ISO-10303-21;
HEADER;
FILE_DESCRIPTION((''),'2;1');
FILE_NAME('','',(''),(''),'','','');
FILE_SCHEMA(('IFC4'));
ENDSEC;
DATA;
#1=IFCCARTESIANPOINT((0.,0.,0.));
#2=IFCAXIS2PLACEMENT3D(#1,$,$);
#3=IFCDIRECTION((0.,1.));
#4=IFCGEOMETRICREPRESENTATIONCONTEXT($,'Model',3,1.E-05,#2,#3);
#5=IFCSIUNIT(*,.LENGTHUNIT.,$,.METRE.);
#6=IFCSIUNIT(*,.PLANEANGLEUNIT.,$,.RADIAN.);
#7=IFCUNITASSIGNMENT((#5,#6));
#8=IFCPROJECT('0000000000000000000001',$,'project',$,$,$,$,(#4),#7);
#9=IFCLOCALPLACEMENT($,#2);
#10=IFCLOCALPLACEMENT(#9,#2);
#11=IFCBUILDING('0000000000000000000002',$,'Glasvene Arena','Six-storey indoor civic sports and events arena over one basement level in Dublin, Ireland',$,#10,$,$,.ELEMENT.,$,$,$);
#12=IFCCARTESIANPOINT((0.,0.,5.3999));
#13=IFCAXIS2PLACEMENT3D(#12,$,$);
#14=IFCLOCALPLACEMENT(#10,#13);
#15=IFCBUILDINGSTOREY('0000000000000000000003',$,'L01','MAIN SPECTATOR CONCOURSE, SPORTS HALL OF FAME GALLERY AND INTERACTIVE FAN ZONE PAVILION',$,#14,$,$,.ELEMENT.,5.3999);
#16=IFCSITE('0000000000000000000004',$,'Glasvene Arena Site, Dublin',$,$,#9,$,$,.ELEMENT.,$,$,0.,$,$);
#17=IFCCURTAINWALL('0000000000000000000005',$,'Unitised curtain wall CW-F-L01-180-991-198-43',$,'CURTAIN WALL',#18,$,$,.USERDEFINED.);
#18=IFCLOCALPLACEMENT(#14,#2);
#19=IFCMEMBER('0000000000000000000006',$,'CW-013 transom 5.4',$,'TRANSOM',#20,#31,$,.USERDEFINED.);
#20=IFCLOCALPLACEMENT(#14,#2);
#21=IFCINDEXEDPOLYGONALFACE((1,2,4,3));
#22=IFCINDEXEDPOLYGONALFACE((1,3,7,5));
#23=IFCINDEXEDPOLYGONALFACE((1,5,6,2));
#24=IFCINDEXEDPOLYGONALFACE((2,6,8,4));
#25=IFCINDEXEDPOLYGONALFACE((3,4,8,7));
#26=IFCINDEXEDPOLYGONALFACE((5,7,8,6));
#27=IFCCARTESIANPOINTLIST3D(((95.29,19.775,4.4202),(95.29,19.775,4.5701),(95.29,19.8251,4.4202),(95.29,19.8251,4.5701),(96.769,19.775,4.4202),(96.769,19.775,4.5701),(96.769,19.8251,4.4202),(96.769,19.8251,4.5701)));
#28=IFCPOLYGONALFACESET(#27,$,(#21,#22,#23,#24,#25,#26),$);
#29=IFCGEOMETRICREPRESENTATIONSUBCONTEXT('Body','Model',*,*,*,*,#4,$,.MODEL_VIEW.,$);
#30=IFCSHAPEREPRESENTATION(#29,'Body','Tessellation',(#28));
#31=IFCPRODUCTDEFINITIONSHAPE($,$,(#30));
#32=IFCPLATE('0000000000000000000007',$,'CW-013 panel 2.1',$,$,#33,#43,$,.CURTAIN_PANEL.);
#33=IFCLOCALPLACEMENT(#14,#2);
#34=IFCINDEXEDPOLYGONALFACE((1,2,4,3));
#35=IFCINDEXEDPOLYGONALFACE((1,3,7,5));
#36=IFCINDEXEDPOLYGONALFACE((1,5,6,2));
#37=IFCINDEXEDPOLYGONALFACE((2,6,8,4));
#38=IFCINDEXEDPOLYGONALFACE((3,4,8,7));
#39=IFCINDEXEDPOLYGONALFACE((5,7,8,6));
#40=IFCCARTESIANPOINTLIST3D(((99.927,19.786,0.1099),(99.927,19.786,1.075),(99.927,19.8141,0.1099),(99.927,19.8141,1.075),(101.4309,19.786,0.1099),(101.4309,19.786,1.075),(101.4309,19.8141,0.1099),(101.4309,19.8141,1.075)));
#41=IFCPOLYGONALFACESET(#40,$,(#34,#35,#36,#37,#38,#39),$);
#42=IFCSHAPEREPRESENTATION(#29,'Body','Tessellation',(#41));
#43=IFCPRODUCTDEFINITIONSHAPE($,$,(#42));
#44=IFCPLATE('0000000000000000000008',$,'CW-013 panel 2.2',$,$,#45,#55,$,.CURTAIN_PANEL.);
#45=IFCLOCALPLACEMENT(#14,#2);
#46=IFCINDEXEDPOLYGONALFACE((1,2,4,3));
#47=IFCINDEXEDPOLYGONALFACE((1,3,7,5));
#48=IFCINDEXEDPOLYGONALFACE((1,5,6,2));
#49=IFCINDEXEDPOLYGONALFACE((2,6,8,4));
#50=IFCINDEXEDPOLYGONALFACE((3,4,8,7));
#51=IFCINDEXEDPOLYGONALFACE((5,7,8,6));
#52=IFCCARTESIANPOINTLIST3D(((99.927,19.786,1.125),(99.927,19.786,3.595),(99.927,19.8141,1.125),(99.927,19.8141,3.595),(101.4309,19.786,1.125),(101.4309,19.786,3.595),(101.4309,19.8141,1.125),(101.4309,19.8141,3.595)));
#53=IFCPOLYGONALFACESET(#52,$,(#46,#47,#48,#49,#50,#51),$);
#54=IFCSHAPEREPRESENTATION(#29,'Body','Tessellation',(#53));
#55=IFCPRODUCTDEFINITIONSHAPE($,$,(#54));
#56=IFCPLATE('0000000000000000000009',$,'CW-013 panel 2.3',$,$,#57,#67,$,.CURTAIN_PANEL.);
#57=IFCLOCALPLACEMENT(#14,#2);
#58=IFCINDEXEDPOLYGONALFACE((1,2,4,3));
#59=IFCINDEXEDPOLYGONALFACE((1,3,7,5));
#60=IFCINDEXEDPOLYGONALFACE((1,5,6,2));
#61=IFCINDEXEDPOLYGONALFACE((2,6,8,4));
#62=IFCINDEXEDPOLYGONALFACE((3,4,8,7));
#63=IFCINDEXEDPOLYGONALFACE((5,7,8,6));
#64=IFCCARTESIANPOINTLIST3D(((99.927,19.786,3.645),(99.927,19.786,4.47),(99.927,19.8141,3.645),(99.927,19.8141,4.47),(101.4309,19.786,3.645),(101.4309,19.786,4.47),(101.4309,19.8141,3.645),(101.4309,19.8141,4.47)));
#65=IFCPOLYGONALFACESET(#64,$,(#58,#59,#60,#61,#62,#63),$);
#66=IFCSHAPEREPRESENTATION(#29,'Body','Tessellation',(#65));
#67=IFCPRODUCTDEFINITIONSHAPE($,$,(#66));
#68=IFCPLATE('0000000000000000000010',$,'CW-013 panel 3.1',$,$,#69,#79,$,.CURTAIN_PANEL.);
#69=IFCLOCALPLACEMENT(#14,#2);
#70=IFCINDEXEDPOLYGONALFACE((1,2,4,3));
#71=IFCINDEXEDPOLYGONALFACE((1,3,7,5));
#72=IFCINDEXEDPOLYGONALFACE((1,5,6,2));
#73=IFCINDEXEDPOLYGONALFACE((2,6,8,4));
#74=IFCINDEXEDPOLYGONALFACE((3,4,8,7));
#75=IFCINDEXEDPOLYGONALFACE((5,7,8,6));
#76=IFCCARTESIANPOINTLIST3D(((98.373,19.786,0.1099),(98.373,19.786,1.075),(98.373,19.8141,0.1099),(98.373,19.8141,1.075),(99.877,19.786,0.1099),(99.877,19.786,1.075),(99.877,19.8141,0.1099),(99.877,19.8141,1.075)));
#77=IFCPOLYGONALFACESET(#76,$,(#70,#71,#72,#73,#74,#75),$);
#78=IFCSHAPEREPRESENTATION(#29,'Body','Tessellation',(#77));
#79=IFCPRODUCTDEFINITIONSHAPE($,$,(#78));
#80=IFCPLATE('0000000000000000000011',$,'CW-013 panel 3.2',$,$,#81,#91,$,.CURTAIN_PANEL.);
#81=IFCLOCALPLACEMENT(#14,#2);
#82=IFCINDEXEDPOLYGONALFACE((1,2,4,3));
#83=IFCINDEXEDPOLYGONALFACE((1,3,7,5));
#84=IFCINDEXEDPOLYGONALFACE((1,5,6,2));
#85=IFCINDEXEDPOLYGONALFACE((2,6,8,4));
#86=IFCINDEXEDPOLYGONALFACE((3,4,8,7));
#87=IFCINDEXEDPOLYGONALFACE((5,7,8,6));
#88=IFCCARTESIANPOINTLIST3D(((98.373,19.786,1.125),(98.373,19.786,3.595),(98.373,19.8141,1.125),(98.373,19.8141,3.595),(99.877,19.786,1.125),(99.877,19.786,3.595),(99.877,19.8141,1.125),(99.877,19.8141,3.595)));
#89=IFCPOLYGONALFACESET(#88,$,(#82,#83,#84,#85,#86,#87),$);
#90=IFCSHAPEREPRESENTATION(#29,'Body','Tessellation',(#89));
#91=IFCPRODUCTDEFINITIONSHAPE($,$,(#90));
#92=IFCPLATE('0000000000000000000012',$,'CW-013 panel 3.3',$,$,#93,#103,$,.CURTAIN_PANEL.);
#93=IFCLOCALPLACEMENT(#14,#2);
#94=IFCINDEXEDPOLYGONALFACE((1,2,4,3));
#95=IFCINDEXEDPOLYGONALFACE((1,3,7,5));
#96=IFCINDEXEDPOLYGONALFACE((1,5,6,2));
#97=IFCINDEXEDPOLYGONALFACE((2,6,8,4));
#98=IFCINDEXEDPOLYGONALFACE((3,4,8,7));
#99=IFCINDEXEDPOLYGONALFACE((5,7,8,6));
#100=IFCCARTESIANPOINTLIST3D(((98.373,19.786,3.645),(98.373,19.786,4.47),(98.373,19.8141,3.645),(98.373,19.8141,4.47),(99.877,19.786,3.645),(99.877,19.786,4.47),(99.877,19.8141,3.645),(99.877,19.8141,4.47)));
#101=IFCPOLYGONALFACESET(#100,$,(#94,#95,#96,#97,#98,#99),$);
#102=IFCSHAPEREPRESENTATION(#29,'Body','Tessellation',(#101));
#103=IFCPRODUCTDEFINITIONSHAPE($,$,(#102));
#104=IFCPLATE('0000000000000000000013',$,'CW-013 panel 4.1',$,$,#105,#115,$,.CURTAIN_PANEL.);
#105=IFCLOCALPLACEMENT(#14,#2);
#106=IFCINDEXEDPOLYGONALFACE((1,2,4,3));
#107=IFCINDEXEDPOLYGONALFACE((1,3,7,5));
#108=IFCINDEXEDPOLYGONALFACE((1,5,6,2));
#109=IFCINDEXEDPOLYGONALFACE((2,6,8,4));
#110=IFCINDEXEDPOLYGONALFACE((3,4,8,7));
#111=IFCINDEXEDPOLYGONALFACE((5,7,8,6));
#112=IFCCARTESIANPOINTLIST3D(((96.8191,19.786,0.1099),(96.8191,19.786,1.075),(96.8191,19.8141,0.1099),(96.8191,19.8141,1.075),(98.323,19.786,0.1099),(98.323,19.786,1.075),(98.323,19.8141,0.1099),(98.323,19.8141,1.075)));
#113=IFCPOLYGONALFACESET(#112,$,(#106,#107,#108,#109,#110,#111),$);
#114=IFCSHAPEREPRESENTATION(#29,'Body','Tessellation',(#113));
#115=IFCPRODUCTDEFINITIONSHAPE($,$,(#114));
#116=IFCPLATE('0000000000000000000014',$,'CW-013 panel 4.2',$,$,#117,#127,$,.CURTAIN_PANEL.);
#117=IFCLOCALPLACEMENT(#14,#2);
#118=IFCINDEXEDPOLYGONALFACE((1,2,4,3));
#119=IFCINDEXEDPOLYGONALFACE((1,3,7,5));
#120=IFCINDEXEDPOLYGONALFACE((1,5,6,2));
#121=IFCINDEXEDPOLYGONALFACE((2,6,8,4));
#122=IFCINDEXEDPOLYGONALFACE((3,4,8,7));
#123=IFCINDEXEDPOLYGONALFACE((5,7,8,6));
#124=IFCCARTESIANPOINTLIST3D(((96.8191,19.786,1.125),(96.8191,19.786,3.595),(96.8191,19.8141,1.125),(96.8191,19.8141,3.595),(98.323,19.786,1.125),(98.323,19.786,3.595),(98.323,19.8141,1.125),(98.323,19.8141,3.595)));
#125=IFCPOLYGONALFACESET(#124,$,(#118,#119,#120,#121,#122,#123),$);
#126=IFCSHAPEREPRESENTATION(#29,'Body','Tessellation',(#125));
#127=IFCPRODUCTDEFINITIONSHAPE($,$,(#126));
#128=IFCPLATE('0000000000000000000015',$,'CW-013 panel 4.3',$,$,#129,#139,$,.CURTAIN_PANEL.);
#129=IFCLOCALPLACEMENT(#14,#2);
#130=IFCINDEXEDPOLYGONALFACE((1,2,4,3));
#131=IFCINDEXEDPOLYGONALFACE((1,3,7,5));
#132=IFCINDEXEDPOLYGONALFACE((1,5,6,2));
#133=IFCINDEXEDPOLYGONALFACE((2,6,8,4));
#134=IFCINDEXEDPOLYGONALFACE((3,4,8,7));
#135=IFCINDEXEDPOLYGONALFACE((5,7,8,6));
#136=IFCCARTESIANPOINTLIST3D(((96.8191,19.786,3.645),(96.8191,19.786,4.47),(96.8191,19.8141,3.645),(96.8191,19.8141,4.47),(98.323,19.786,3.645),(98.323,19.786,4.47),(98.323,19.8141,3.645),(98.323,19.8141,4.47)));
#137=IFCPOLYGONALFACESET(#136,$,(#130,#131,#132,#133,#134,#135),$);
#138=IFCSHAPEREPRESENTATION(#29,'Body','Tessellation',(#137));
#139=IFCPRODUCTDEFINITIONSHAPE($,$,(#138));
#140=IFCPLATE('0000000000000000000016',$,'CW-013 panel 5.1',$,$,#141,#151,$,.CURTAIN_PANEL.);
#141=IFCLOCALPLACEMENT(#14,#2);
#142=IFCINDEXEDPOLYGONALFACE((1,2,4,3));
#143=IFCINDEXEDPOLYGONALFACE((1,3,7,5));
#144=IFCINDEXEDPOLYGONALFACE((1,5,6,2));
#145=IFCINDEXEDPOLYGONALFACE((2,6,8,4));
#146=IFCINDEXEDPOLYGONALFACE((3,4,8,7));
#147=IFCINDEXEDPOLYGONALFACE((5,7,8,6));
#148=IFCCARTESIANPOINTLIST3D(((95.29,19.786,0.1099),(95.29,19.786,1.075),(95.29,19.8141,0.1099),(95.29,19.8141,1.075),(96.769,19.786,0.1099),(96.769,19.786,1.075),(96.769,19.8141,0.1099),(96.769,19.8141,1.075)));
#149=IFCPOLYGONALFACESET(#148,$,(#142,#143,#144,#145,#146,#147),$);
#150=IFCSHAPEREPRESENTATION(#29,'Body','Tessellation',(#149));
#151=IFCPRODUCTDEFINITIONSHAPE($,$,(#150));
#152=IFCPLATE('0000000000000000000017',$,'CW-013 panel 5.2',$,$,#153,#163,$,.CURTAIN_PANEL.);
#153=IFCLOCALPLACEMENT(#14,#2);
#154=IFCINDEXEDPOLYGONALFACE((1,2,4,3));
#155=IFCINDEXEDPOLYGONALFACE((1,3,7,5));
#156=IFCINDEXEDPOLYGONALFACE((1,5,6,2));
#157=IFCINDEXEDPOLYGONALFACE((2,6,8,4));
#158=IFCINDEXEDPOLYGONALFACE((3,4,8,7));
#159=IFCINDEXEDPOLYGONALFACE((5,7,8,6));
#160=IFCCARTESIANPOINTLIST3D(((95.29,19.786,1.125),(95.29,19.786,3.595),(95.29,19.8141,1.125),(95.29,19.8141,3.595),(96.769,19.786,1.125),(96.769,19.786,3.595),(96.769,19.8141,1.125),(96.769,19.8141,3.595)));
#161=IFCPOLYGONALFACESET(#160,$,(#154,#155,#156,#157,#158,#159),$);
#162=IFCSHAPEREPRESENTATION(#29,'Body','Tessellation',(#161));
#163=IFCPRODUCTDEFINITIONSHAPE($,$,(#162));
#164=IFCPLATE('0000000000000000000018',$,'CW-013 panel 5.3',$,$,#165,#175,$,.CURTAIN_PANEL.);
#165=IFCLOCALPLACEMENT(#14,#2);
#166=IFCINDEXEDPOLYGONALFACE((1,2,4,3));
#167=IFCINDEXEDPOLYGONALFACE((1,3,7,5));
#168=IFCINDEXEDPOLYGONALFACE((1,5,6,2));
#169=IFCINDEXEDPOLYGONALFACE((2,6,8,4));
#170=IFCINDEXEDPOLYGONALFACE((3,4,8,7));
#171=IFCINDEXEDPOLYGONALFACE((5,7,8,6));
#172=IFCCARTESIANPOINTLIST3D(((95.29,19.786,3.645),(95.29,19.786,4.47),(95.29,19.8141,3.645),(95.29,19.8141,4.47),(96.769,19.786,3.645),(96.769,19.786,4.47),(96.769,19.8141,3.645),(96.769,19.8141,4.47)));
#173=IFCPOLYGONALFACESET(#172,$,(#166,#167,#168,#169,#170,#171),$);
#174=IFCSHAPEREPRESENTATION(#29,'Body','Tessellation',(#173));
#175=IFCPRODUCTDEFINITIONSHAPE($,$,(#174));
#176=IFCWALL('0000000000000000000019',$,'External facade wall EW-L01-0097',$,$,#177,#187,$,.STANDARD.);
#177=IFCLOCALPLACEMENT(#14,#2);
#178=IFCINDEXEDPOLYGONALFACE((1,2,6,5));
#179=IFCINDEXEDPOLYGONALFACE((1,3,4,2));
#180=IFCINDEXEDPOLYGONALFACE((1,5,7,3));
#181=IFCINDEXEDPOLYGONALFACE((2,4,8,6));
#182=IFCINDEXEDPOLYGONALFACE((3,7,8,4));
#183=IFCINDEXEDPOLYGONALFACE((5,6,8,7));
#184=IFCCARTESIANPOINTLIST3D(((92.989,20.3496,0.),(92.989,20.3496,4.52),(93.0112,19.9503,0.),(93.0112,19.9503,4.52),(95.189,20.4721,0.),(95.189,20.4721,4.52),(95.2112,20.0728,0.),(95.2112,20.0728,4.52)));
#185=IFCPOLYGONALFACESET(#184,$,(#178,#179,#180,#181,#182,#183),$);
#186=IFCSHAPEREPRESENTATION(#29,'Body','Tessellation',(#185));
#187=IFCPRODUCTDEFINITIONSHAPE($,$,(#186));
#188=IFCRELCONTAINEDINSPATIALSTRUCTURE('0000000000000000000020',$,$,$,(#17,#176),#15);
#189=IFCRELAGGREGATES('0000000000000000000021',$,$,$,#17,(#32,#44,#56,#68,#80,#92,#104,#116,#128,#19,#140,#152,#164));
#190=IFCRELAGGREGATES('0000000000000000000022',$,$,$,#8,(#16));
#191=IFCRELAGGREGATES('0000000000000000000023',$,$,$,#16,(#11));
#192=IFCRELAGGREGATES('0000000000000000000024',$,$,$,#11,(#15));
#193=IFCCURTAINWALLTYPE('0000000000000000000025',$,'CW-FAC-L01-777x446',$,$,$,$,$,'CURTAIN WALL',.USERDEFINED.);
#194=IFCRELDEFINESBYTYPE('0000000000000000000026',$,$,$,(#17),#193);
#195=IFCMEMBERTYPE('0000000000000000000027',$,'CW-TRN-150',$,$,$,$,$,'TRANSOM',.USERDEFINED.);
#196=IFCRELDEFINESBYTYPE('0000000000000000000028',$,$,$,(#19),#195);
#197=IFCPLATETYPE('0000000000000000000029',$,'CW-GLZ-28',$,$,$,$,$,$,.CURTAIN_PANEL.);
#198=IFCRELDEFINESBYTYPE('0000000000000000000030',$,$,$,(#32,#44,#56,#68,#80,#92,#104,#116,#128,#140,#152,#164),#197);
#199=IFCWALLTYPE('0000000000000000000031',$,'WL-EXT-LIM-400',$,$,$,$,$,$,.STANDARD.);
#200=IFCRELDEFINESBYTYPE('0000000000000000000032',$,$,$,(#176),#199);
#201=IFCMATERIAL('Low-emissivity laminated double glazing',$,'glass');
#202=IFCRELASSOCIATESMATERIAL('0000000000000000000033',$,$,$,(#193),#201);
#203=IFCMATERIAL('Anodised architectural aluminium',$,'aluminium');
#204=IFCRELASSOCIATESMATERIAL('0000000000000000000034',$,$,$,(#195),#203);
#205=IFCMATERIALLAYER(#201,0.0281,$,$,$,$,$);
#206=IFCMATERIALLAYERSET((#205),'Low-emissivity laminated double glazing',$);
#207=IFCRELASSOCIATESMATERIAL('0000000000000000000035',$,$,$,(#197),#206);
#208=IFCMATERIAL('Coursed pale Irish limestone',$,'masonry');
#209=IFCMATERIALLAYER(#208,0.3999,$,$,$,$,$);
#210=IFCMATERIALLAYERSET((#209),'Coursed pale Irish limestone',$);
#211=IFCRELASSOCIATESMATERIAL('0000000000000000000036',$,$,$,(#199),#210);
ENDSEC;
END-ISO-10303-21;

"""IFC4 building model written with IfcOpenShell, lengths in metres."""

from ifc_helpers import new_model, si_unit, direction, frame, frame_2d, origin, origin_2d, place, context, subcontext, project, spatial, rectangle, extrude, material, layer, layer_set, material_profile, profile_set, type_object, element, aggregate, save


model = new_model("IFC4")

# Units and contexts
model_context = context("Model", 3, precision=1e-05, world=origin(), true_north=direction((0.0, 1.0)))
body_context = subcontext(model_context, "Body", "Model", "MODEL_VIEW")
ifc_project = project(units=[si_unit("LENGTHUNIT", "METRE"), si_unit("PLANEANGLEUNIT", "RADIAN")], contexts=[model_context])

# Site, building, storey
site_placement = place(None, origin())
site = spatial("IfcSite", under=ifc_project, at=site_placement, Name="Glasvene Arena Site, Dublin", CompositionType="ELEMENT", RefElevation=0.0)
building_placement = place(site_placement, origin())
building = spatial("IfcBuilding", under=site, at=building_placement, Name="Glasvene Arena", Description="Six-storey indoor civic sports and events arena over one basement level in Dublin, Ireland", CompositionType="ELEMENT")
storey_placement = place(building_placement, frame((0.0, 0.0, 5.3999)))
storey = spatial("IfcBuildingStorey", under=building, at=storey_placement, Name="L01", Description="MAIN SPECTATOR CONCOURSE, SPORTS HALL OF FAME GALLERY AND INTERACTIVE FAN ZONE PAVILION", CompositionType="ELEMENT", Elevation=5.3999)

# Curtain wall, member, plates
ifc_material_1 = material(Name="Low-emissivity laminated double glazing", Category="glass")
curtain_wall_type = type_object("IfcCurtainWallType", Name="CW-FAC-L01-777x446", ElementType="CURTAIN WALL", PredefinedType="USERDEFINED", material=ifc_material_1)
curtain_wall_placement = place(storey_placement, frame((103.01, 19.8, 0.0)))
curtain_wall = element("IfcCurtainWall", 1, at=curtain_wall_placement, inside=storey, type_object=curtain_wall_type, Name="Unitised curtain wall CW-F-L01-180-991-198-43", ObjectType="CURTAIN WALL", PredefinedType="USERDEFINED")
ifc_material_2 = material(Name="Anodised architectural aluminium", Category="aluminium")
ifc_material_profile_1 = material_profile(ifc_material_2, rectangle(XDim=0.05, YDim=0.1499, at=origin_2d()), Name="ALU TRANSOM 50x150")
ifc_profile_set_1 = profile_set([ifc_material_profile_1], Name="Anodised architectural aluminium")
member_type_1 = type_object("IfcMemberType", Name="CW-TRN-150", ElementType="TRANSOM", PredefinedType="USERDEFINED", material=ifc_profile_set_1)
member_1_placement = place(storey_placement, frame((96.769, 19.8, 4.4951), z_axis=(-1.0, 0.0, 0.0), x_axis=(0.0, -1.0, 0.0)))
member_1 = element("IfcMember", 2, at=member_1_placement, type_object=member_type_1, Name="CW-013 transom 5.4", ObjectType="TRANSOM", PredefinedType="USERDEFINED", context=body_context, shape_type="SweptSolid", body=[
    extrude(rectangle(XDim=0.05, YDim=0.1499, at=origin_2d()), origin(), (0.0, 0.0, 1.0), 1.479),
])
ifc_layer_1 = layer(ifc_material_1, 0.0281)
ifc_layer_set_1 = layer_set([ifc_layer_1], Name="Low-emissivity laminated double glazing")
plate_type = type_object("IfcPlateType", Name="CW-GLZ-28", PredefinedType="CURTAIN_PANEL", material=ifc_layer_set_1)
plate_1_placement = place(storey_placement, frame((100.679, 19.8, 0.1099), z_axis=(0.0, 0.0, 1.0), x_axis=(-1.0, 0.0, 0.0)))
plate_1 = element("IfcPlate", 3, at=plate_1_placement, type_object=plate_type, Name="CW-013 panel 2.1", PredefinedType="CURTAIN_PANEL", context=body_context, shape_type="SweptSolid", body=[
    extrude(rectangle(XDim=1.5039, YDim=0.0281, at=origin_2d()), origin(), (0.0, 0.0, 1.0), 0.9651),
])
plate_2_placement = place(storey_placement, frame((100.679, 19.8, 1.125), z_axis=(0.0, 0.0, 1.0), x_axis=(-1.0, 0.0, 0.0)))
plate_2 = element("IfcPlate", 4, at=plate_2_placement, type_object=plate_type, Name="CW-013 panel 2.2", PredefinedType="CURTAIN_PANEL", context=body_context, shape_type="SweptSolid", body=[
    extrude(rectangle(XDim=1.5039, YDim=0.0281, at=origin_2d()), origin(), (0.0, 0.0, 1.0), 2.47),
])
plate_3_placement = place(storey_placement, frame((100.679, 19.8, 3.645), z_axis=(0.0, 0.0, 1.0), x_axis=(-1.0, 0.0, 0.0)))
plate_3 = element("IfcPlate", 5, at=plate_3_placement, type_object=plate_type, Name="CW-013 panel 2.3", PredefinedType="CURTAIN_PANEL", context=body_context, shape_type="SweptSolid", body=[
    extrude(rectangle(XDim=1.5039, YDim=0.0281, at=origin_2d()), origin(), (0.0, 0.0, 1.0), 0.825),
])
plate_4_placement = place(storey_placement, frame((99.125, 19.8, 0.1099), z_axis=(0.0, 0.0, 1.0), x_axis=(-1.0, 0.0, 0.0)))
plate_4 = element("IfcPlate", 6, at=plate_4_placement, type_object=plate_type, Name="CW-013 panel 3.1", PredefinedType="CURTAIN_PANEL", context=body_context, shape_type="SweptSolid", body=[
    extrude(rectangle(XDim=1.5039, YDim=0.0281, at=origin_2d()), origin(), (0.0, 0.0, 1.0), 0.9651),
])
plate_5_placement = place(storey_placement, frame((99.125, 19.8, 1.125), z_axis=(0.0, 0.0, 1.0), x_axis=(-1.0, 0.0, 0.0)))
plate_5 = element("IfcPlate", 7, at=plate_5_placement, type_object=plate_type, Name="CW-013 panel 3.2", PredefinedType="CURTAIN_PANEL", context=body_context, shape_type="SweptSolid", body=[
    extrude(rectangle(XDim=1.5039, YDim=0.0281, at=origin_2d()), origin(), (0.0, 0.0, 1.0), 2.47),
])
plate_6_placement = place(storey_placement, frame((99.125, 19.8, 3.645), z_axis=(0.0, 0.0, 1.0), x_axis=(-1.0, 0.0, 0.0)))
plate_6 = element("IfcPlate", 8, at=plate_6_placement, type_object=plate_type, Name="CW-013 panel 3.3", PredefinedType="CURTAIN_PANEL", context=body_context, shape_type="SweptSolid", body=[
    extrude(rectangle(XDim=1.5039, YDim=0.0281, at=origin_2d()), origin(), (0.0, 0.0, 1.0), 0.825),
])
plate_7_placement = place(storey_placement, frame((97.571, 19.8, 0.1099), z_axis=(0.0, 0.0, 1.0), x_axis=(-1.0, 0.0, 0.0)))
plate_7 = element("IfcPlate", 9, at=plate_7_placement, type_object=plate_type, Name="CW-013 panel 4.1", PredefinedType="CURTAIN_PANEL", context=body_context, shape_type="SweptSolid", body=[
    extrude(rectangle(XDim=1.5039, YDim=0.0281, at=origin_2d()), origin(), (0.0, 0.0, 1.0), 0.9651),
])
plate_8_placement = place(storey_placement, frame((97.571, 19.8, 1.125), z_axis=(0.0, 0.0, 1.0), x_axis=(-1.0, 0.0, 0.0)))
plate_8 = element("IfcPlate", 10, at=plate_8_placement, type_object=plate_type, Name="CW-013 panel 4.2", PredefinedType="CURTAIN_PANEL", context=body_context, shape_type="SweptSolid", body=[
    extrude(rectangle(XDim=1.5039, YDim=0.0281, at=origin_2d()), origin(), (0.0, 0.0, 1.0), 2.47),
])
plate_9_placement = place(storey_placement, frame((97.571, 19.8, 3.645), z_axis=(0.0, 0.0, 1.0), x_axis=(-1.0, 0.0, 0.0)))
plate_9 = element("IfcPlate", 11, at=plate_9_placement, type_object=plate_type, Name="CW-013 panel 4.3", PredefinedType="CURTAIN_PANEL", context=body_context, shape_type="SweptSolid", body=[
    extrude(rectangle(XDim=1.5039, YDim=0.0281, at=origin_2d()), origin(), (0.0, 0.0, 1.0), 0.825),
])
plate_10_placement = place(storey_placement, frame((96.0295, 19.8, 0.1099), z_axis=(0.0, 0.0, 1.0), x_axis=(-1.0, 0.0, 0.0)))
plate_10 = element("IfcPlate", 12, at=plate_10_placement, type_object=plate_type, Name="CW-013 panel 5.1", PredefinedType="CURTAIN_PANEL", context=body_context, shape_type="SweptSolid", body=[
    extrude(rectangle(XDim=1.479, YDim=0.0281, at=origin_2d()), origin(), (0.0, 0.0, 1.0), 0.9651),
])
plate_11_placement = place(storey_placement, frame((96.0295, 19.8, 1.125), z_axis=(0.0, 0.0, 1.0), x_axis=(-1.0, 0.0, 0.0)))
plate_11 = element("IfcPlate", 13, at=plate_11_placement, type_object=plate_type, Name="CW-013 panel 5.2", PredefinedType="CURTAIN_PANEL", context=body_context, shape_type="SweptSolid", body=[
    extrude(rectangle(XDim=1.479, YDim=0.0281, at=origin_2d()), origin(), (0.0, 0.0, 1.0), 2.47),
])
plate_12_placement = place(storey_placement, frame((96.0295, 19.8, 3.645), z_axis=(0.0, 0.0, 1.0), x_axis=(-1.0, 0.0, 0.0)))
plate_12 = element("IfcPlate", 14, at=plate_12_placement, type_object=plate_type, Name="CW-013 panel 5.3", PredefinedType="CURTAIN_PANEL", context=body_context, shape_type="SweptSolid", body=[
    extrude(rectangle(XDim=1.479, YDim=0.0281, at=origin_2d()), origin(), (0.0, 0.0, 1.0), 0.825),
])
aggregate(curtain_wall, [plate_1, plate_2, plate_3, plate_4, plate_5, plate_6, plate_7, plate_8, plate_9, member_1, plate_10, plate_11, plate_12])

# Wall
ifc_material_3 = material(Name="Coursed pale Irish limestone", Category="masonry")
ifc_layer_2 = layer(ifc_material_3, 0.3999)
ifc_layer_set_2 = layer_set([ifc_layer_2], Name="Coursed pale Irish limestone")
wall_type = type_object("IfcWallType", Name="WL-EXT-LIM-400", PredefinedType="STANDARD", material=ifc_layer_set_2)
wall_1_placement = place(storey_placement, frame((95.2, 20.2725, 0.0), z_axis=(0.0, 0.0, 1.0), x_axis=(-0.998452, -0.055623, 0.0)))
element("IfcWall", 15, at=wall_1_placement, inside=storey, type_object=wall_type, Name="External facade wall EW-L01-0097", PredefinedType="STANDARD", context=body_context, shape_type="SweptSolid", body=[
    extrude(rectangle(XDim=2.2034, YDim=0.3999, at=frame_2d((1.1016, 0.0))), origin(), (0.0, 0.0, 1.0), 4.52),
])

save(model, "model.ifc")
